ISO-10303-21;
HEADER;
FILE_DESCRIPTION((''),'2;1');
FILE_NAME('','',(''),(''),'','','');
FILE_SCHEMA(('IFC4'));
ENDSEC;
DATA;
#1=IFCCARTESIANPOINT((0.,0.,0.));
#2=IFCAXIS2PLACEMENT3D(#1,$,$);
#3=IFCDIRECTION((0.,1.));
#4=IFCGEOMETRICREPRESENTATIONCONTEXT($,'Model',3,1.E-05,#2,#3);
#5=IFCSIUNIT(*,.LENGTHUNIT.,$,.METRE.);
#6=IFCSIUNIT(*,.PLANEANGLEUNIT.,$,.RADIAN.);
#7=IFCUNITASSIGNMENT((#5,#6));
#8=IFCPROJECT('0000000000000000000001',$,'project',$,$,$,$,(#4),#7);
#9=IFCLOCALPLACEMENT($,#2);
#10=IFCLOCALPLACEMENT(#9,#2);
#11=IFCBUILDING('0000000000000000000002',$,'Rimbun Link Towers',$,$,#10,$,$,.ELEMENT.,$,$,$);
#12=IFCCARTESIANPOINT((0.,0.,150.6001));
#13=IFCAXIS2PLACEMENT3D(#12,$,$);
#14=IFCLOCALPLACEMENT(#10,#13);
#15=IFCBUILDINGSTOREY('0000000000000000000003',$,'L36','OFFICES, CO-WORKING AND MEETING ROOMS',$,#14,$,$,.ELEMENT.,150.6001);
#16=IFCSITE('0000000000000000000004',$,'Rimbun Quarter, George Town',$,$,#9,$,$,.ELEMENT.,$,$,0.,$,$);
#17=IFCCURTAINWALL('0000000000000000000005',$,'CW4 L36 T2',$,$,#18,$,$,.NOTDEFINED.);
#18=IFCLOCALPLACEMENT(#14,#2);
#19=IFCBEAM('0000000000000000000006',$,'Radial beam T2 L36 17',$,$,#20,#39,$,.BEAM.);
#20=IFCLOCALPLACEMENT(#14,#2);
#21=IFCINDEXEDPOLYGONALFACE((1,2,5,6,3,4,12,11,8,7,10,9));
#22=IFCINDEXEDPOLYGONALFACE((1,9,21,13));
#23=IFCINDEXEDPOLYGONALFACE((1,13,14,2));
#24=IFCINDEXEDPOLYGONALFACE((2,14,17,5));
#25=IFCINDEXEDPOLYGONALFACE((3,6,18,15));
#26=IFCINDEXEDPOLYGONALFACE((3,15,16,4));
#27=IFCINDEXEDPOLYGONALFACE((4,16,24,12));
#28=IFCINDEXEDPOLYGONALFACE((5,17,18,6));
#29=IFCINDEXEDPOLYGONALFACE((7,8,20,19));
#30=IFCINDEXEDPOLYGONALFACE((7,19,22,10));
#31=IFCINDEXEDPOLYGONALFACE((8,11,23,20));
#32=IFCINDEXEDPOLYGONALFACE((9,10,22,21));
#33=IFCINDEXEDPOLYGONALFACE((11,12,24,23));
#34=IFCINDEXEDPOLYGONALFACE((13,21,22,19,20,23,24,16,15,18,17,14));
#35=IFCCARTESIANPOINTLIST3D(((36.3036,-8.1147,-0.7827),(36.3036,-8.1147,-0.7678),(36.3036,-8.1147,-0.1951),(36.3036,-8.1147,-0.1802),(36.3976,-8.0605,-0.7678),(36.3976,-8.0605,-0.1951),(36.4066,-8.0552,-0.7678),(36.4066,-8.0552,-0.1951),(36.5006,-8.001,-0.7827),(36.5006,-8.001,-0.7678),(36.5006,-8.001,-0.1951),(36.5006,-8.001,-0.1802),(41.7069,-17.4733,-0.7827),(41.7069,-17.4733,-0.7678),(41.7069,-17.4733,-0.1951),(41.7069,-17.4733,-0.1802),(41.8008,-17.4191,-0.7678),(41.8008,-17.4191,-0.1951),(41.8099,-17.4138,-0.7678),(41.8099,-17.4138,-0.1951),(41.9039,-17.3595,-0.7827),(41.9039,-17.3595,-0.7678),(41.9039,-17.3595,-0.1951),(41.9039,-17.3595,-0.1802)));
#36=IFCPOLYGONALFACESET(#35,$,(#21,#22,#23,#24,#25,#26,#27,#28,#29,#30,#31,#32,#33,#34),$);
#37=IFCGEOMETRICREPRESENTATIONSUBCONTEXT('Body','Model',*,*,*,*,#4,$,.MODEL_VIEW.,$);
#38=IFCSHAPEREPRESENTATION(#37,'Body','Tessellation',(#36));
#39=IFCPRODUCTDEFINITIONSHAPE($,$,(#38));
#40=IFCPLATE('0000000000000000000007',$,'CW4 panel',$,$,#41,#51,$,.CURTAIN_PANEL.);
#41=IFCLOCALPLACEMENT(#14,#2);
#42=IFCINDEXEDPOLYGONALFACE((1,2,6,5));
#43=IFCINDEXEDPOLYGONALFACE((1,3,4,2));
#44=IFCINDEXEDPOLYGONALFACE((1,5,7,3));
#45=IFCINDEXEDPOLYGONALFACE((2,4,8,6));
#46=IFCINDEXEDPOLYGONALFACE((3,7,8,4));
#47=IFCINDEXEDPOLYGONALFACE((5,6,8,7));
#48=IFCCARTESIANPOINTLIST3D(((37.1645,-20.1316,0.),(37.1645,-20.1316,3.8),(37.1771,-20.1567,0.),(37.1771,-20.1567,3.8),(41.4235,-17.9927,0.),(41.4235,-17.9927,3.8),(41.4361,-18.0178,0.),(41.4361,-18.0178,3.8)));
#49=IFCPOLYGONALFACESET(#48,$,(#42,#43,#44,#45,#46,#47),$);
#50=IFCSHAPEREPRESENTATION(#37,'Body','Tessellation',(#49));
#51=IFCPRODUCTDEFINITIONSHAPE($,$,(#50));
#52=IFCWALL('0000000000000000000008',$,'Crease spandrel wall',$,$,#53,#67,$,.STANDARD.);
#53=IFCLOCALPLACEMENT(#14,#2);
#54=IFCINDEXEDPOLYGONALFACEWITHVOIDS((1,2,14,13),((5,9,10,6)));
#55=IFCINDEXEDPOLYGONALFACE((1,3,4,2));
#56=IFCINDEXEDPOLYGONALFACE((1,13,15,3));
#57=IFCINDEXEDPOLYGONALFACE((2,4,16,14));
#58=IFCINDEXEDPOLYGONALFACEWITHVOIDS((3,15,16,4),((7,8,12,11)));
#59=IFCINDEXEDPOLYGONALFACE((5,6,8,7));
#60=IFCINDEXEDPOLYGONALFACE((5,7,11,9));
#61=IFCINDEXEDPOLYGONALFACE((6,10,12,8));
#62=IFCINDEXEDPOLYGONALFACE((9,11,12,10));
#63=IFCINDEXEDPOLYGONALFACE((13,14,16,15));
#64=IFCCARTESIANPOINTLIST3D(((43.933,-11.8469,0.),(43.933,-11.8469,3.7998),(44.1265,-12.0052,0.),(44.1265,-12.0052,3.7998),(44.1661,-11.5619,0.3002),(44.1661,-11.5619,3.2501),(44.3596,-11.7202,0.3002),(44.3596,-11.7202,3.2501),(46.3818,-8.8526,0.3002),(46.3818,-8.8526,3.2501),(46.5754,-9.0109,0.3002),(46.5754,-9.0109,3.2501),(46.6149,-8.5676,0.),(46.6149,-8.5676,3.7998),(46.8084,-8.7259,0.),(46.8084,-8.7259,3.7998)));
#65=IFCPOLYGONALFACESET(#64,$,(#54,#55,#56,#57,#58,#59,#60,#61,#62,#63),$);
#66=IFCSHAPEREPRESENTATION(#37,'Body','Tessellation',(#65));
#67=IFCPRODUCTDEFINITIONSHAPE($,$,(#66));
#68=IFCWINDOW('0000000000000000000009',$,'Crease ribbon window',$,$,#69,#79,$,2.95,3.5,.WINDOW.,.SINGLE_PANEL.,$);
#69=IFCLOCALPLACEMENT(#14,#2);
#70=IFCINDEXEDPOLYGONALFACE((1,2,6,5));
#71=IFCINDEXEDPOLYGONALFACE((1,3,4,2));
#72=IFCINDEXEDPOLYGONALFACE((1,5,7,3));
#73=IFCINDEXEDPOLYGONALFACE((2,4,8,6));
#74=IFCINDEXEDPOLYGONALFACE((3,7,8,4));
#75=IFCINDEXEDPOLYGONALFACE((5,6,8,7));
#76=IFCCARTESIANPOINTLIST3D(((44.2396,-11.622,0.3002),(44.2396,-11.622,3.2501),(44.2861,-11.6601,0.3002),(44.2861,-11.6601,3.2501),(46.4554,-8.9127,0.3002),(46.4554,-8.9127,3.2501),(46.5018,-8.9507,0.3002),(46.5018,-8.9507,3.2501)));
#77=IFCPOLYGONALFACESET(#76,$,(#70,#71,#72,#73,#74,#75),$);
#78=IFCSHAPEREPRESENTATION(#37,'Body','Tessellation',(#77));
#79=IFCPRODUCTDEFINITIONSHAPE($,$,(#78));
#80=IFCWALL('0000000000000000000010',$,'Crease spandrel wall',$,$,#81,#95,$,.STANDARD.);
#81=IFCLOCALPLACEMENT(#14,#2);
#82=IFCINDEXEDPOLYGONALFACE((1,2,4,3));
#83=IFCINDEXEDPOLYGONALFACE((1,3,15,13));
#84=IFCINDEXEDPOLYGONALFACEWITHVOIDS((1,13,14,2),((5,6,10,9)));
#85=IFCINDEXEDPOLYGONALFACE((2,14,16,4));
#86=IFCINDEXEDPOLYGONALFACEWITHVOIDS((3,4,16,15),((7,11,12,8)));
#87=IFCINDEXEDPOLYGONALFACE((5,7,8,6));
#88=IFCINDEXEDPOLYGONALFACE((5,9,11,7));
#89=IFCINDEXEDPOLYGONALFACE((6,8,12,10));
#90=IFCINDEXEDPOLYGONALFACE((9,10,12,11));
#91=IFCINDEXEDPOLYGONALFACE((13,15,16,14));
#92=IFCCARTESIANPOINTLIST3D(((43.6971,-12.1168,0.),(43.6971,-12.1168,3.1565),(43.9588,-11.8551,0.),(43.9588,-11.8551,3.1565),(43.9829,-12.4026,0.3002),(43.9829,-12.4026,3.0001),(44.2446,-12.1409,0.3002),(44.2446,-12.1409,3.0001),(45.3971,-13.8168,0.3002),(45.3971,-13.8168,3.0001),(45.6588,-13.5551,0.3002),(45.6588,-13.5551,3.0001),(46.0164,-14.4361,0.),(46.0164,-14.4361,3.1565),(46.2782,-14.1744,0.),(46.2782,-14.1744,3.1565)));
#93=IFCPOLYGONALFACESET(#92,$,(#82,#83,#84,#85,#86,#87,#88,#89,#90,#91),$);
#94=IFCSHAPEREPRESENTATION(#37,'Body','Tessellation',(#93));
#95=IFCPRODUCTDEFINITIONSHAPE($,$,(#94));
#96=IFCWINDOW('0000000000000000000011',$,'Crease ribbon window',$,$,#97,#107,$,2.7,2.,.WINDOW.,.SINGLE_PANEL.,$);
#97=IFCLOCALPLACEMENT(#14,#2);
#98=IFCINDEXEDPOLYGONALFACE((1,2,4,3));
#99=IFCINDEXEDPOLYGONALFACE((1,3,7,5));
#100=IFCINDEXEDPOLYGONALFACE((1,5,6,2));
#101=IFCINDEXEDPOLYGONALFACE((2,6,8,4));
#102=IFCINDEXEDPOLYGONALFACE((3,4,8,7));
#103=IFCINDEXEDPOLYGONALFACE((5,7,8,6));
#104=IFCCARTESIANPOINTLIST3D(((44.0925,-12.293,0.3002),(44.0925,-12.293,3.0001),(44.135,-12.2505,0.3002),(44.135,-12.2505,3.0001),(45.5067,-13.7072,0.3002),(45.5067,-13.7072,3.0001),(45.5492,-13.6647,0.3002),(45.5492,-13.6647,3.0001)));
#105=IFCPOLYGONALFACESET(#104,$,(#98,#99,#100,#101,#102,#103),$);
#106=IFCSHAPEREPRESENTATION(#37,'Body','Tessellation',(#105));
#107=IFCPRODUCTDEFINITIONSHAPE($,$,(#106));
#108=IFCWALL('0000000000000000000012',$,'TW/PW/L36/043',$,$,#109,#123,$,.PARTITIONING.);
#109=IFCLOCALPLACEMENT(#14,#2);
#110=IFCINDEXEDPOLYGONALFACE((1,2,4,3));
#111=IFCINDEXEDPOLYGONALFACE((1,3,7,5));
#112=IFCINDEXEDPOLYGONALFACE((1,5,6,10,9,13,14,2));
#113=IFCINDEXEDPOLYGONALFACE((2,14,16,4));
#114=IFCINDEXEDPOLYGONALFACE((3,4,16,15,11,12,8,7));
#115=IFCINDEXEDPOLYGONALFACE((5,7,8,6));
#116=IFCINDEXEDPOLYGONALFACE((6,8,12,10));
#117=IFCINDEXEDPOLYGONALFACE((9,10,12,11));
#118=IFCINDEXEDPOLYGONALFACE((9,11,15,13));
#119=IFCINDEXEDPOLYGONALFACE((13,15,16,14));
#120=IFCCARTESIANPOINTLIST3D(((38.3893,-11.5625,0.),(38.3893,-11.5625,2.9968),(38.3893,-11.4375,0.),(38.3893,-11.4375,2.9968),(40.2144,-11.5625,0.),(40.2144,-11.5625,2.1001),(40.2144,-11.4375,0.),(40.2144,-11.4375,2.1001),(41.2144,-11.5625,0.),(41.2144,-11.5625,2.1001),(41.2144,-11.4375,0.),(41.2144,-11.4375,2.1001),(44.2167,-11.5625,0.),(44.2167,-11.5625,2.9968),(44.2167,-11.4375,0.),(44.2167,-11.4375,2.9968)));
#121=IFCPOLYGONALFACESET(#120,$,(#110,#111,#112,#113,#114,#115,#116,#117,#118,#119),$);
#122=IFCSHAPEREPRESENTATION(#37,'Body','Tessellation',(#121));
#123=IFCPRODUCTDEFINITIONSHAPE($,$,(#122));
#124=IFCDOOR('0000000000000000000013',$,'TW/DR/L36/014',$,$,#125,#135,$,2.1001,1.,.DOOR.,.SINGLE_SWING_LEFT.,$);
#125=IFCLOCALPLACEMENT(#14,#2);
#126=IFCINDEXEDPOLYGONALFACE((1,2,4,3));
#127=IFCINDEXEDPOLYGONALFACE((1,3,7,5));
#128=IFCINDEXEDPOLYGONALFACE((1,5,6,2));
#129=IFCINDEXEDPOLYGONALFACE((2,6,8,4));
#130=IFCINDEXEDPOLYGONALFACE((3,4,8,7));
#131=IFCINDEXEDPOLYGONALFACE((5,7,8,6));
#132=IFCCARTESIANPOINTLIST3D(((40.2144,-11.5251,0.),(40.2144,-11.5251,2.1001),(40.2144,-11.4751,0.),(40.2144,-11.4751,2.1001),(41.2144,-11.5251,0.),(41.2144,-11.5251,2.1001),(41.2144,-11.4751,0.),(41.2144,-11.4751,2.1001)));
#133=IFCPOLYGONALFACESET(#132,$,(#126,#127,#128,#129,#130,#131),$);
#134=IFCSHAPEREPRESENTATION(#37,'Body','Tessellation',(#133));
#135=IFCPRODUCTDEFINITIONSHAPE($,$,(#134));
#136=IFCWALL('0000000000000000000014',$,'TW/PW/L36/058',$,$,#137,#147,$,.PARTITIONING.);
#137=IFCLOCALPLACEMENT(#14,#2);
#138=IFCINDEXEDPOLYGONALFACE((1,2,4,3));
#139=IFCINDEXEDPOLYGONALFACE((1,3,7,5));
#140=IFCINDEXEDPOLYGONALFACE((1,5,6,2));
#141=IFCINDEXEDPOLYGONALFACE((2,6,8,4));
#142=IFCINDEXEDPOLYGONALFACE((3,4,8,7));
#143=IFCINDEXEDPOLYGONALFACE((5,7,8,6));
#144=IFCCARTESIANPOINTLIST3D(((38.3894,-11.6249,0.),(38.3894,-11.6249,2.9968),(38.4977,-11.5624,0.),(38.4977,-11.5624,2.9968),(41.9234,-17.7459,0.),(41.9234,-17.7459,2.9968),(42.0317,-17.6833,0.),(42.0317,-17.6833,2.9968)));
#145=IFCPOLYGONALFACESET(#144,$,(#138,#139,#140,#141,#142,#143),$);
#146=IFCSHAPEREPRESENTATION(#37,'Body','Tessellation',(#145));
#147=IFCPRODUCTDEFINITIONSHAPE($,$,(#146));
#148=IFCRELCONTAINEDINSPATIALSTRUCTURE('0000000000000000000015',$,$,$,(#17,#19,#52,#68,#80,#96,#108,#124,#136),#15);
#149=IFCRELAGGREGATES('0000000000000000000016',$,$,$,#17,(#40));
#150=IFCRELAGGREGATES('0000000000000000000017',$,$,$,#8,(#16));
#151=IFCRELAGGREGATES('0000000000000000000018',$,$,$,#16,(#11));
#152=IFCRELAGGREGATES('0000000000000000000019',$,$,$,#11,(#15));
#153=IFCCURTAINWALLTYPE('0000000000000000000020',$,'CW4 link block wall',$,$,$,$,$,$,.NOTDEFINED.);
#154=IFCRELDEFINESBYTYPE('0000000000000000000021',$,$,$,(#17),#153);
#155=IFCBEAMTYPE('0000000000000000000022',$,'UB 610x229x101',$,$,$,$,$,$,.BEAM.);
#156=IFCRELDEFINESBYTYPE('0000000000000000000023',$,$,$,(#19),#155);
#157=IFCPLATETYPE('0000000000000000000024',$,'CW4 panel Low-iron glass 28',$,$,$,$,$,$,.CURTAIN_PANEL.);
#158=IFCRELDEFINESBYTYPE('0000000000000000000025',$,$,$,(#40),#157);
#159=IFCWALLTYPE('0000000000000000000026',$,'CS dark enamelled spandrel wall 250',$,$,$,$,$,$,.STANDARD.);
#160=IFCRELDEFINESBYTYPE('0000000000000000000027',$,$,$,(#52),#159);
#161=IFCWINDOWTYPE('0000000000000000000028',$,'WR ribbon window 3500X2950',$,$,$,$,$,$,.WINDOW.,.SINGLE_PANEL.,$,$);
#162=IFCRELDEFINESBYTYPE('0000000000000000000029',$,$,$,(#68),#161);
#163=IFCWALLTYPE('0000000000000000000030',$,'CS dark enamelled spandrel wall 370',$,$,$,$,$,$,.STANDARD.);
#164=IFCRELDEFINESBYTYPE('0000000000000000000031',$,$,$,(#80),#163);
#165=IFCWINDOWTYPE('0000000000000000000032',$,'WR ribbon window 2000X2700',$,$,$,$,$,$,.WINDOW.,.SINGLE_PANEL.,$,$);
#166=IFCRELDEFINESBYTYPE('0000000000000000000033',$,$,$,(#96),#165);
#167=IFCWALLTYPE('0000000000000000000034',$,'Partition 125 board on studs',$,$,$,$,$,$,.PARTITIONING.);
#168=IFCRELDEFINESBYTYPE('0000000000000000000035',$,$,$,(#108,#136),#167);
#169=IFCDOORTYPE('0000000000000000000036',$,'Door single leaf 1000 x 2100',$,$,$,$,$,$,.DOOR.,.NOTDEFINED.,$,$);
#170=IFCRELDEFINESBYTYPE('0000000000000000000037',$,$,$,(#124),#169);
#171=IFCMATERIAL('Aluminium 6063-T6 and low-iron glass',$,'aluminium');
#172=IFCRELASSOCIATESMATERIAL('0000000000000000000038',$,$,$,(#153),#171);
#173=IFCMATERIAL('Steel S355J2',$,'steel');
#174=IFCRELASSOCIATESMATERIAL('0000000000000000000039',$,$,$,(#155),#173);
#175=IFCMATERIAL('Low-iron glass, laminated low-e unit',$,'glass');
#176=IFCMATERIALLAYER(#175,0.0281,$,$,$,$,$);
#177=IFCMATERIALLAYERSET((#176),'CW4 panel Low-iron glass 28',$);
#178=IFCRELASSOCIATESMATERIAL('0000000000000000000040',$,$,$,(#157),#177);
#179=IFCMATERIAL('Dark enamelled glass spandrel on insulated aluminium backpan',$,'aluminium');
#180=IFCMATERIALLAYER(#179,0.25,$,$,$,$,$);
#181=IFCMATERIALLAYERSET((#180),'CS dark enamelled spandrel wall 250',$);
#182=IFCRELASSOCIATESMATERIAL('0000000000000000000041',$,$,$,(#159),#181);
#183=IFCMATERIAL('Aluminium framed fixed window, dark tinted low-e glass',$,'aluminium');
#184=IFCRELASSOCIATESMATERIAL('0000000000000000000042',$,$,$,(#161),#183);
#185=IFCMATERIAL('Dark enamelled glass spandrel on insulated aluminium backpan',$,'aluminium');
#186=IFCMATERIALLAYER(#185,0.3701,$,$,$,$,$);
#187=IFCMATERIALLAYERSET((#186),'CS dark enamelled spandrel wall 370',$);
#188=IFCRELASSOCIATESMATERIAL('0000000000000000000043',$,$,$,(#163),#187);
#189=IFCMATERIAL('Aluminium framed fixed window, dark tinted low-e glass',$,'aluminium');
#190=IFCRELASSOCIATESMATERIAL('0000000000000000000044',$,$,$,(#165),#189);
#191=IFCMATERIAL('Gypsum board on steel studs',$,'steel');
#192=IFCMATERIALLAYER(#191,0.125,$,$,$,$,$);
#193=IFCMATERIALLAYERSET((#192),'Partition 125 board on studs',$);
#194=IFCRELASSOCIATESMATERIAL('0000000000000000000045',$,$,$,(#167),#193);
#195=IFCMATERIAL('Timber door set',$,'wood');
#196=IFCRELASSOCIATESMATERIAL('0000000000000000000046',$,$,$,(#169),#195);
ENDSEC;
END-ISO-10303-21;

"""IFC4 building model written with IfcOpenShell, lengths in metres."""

from ifc_helpers import new_model, si_unit, direction, frame, frame_2d, origin, origin_2d, place, context, subcontext, project, spatial, rectangle, i_section, extrude, material, layer, layer_set, material_profile, profile_set, type_object, element, fill, aggregate, save


model = new_model("IFC4")

# Units and contexts
model_context = context("Model", 3, precision=1e-05, world=origin(), true_north=direction((0.0, 1.0)))
body_context = subcontext(model_context, "Body", "Model", "MODEL_VIEW")
ifc_project = project(units=[si_unit("LENGTHUNIT", "METRE"), si_unit("PLANEANGLEUNIT", "RADIAN")], contexts=[model_context])

# Site, building, storey
site_placement = place(None, origin())
site = spatial("IfcSite", under=ifc_project, at=site_placement, Name="Rimbun Quarter, George Town", CompositionType="ELEMENT", RefElevation=0.0)
building_placement = place(site_placement, origin())
building = spatial("IfcBuilding", under=site, at=building_placement, Name="Rimbun Link Towers", CompositionType="ELEMENT")
storey_placement = place(building_placement, frame((0.0, 0.0, 150.6001)))
storey = spatial("IfcBuildingStorey", under=building, at=storey_placement, Name="L36", Description="OFFICES, CO-WORKING AND MEETING ROOMS", CompositionType="ELEMENT", Elevation=150.6001)

# Curtain wall
ifc_material_1 = material(Name="Aluminium 6063-T6 and low-iron glass", Category="aluminium")
curtain_wall_type = type_object("IfcCurtainWallType", Name="CW4 link block wall", PredefinedType="NOTDEFINED", material=ifc_material_1)
curtain_wall_placement = place(storey_placement, origin())
curtain_wall = element("IfcCurtainWall", 1, at=curtain_wall_placement, inside=storey, type_object=curtain_wall_type, Name="CW4 L36 T2", PredefinedType="NOTDEFINED")

# Beam
ifc_material_2 = material(Name="Steel S355J2", Category="steel")
ifc_material_profile_1 = material_profile(ifc_material_2, i_section(OverallWidth=0.2275, OverallDepth=0.6025, WebThickness=0.0105, FlangeThickness=0.0149, at=origin_2d()), Name="UB 610x229x101")
ifc_profile_set_1 = profile_set([ifc_material_profile_1], Name="Steel S355J2")
beam_type_1 = type_object("IfcBeamType", Name="UB 610x229x101", PredefinedType="BEAM", material=ifc_profile_set_1)
beam_1_placement = place(storey_placement, frame((36.4021, -8.0579, -0.4814), z_axis=(0.500007, -0.866021, 0.0), x_axis=(0.866021, 0.500007, 0.0)))
element("IfcBeam", 2, at=beam_1_placement, inside=storey, type_object=beam_type_1, Name="Radial beam T2 L36 17", PredefinedType="BEAM", context=body_context, shape_type="SweptSolid", body=[
    extrude(i_section(OverallWidth=0.2275, OverallDepth=0.6025, WebThickness=0.0105, FlangeThickness=0.0149, at=origin_2d()), origin(), (0.0, 0.0, 1.0), 10.8064),
])

# Plate
ifc_material_3 = material(Name="Low-iron glass, laminated low-e unit", Category="glass")
ifc_layer_1 = layer(ifc_material_3, 0.0281)
ifc_layer_set_1 = layer_set([ifc_layer_1], Name="CW4 panel Low-iron glass 28")
plate_type = type_object("IfcPlateType", Name="CW4 panel Low-iron glass 28", PredefinedType="CURTAIN_PANEL", material=ifc_layer_set_1)
plate_placement = place(storey_placement, frame((39.3003, -19.0747, 0.0), z_axis=(0.0, 0.0, 1.0), x_axis=(-0.893641, -0.448782, 0.0)))
plate = element("IfcPlate", 3, at=plate_placement, type_object=plate_type, Name="CW4 panel", PredefinedType="CURTAIN_PANEL", context=body_context, shape_type="SweptSolid", body=[
    extrude(rectangle(XDim=4.7659, YDim=0.0281, at=origin_2d()), origin(), (0.0, 0.0, 1.0), 3.8),
])
aggregate(curtain_wall, [plate])

# Walls, openings, windows
ifc_material_4 = material(Name="Dark enamelled glass spandrel on insulated aluminium backpan", Category="aluminium")
ifc_layer_2 = layer(ifc_material_4, 0.25)
ifc_layer_set_2 = layer_set([ifc_layer_2], Name="CS dark enamelled spandrel wall 250")
wall_type_1 = type_object("IfcWallType", Name="CS dark enamelled spandrel wall 250", PredefinedType="STANDARD", material=ifc_layer_set_2)
wall_1_placement = place(storey_placement, frame((46.7117, -8.6467, 0.0), z_axis=(0.0, 0.0, 1.0), x_axis=(-0.633071, -0.774093, 0.0)))
wall_1 = element("IfcWall", 4, at=wall_1_placement, inside=storey, type_object=wall_type_1, Name="Crease spandrel wall", PredefinedType="STANDARD", context=body_context, shape_type="SweptSolid", body=[
    extrude(rectangle(XDim=4.2363, YDim=0.25, at=frame_2d((2.1182, 0.0))), origin(), (0.0, 0.0, 1.0), 3.7998),
])
opening_1_placement = place(wall_1_placement, frame((0.3682, 0.0, 0.3)))
opening_1 = element("IfcOpeningElement", 5, at=opening_1_placement, cuts=wall_1, PredefinedType="OPENING", context=body_context, shape_type="SweptSolid", body=[
    extrude(rectangle(XDim=3.5, YDim=2.95, at=frame_2d((1.75, 1.4751))), frame((0.0, 0.135, 0.0), z_axis=(0.0, -1.0, 0.0), x_axis=(1.0, 0.0, 0.0)), (0.0, 0.0, 1.0), 0.27),
])
ifc_material_5 = material(Name="Aluminium framed fixed window, dark tinted low-e glass", Category="aluminium")
window_type_1 = type_object("IfcWindowType", Name="WR ribbon window 3500X2950", PartitioningType="SINGLE_PANEL", PredefinedType="WINDOW", material=ifc_material_5)
window_1_placement = place(opening_1_placement, origin())
window_1 = element("IfcWindow", 6, at=window_1_placement, inside=storey, type_object=window_type_1, Name="Crease ribbon window", OverallHeight=2.95, OverallWidth=3.5, PartitioningType="SINGLE_PANEL", PredefinedType="WINDOW", context=body_context, shape_type="SweptSolid", body=[
    extrude(rectangle(XDim=3.5, YDim=2.95, at=frame_2d((1.75, 1.4751))), frame((0.0, 0.03, 0.0), z_axis=(0.0, -1.0, 0.0), x_axis=(1.0, 0.0, 0.0)), (0.0, 0.0, 1.0), 0.0601),
])
fill(opening_1, window_1)
ifc_material_6 = material(Name="Dark enamelled glass spandrel on insulated aluminium backpan", Category="aluminium")
ifc_layer_3 = layer(ifc_material_6, 0.3701)
ifc_layer_set_3 = layer_set([ifc_layer_3], Name="CS dark enamelled spandrel wall 370")
wall_type_2 = type_object("IfcWallType", Name="CS dark enamelled spandrel wall 370", PredefinedType="STANDARD", material=ifc_layer_set_3)
wall_2_placement = place(storey_placement, frame((43.8279, -11.9858, 0.0), z_axis=(0.0, 0.0, 1.0), x_axis=(0.707107, -0.707107, 0.0)))
wall_2 = element("IfcWall", 7, at=wall_2_placement, inside=storey, type_object=wall_type_2, Name="Crease spandrel wall", PredefinedType="STANDARD", context=body_context, shape_type="SweptSolid", body=[
    extrude(rectangle(XDim=3.28, YDim=0.3701, at=frame_2d((1.6401, 0.0))), origin(), (0.0, 0.0, 1.0), 3.1565),
])
opening_2_placement = place(wall_2_placement, frame((0.4043, 0.0, 0.3)))
opening_2 = element("IfcOpeningElement", 8, at=opening_2_placement, cuts=wall_2, PredefinedType="OPENING", context=body_context, shape_type="SweptSolid", body=[
    extrude(rectangle(XDim=2.0, YDim=2.7, at=frame_2d((1.0, 1.3501))), frame((0.0, 0.1951, 0.0), z_axis=(0.0, -1.0, 0.0), x_axis=(1.0, 0.0, 0.0)), (0.0, 0.0, 1.0), 0.3901),
])
ifc_material_7 = material(Name="Aluminium framed fixed window, dark tinted low-e glass", Category="aluminium")
window_type_2 = type_object("IfcWindowType", Name="WR ribbon window 2000X2700", PartitioningType="SINGLE_PANEL", PredefinedType="WINDOW", material=ifc_material_7)
window_2_placement = place(opening_2_placement, origin())
window_2 = element("IfcWindow", 9, at=window_2_placement, inside=storey, type_object=window_type_2, Name="Crease ribbon window", OverallHeight=2.7, OverallWidth=2.0, PartitioningType="SINGLE_PANEL", PredefinedType="WINDOW", context=body_context, shape_type="SweptSolid", body=[
    extrude(rectangle(XDim=2.0, YDim=2.7, at=frame_2d((1.0, 1.3501))), frame((0.0, 0.03, 0.0), z_axis=(0.0, -1.0, 0.0), x_axis=(1.0, 0.0, 0.0)), (0.0, 0.0, 1.0), 0.0601),
])
fill(opening_2, window_2)

# Wall, opening, door
ifc_material_8 = material(Name="Gypsum board on steel studs", Category="steel")
ifc_layer_4 = layer(ifc_material_8, 0.125)
ifc_layer_set_4 = layer_set([ifc_layer_4], Name="Partition 125 board on studs")
wall_type_3 = type_object("IfcWallType", Name="Partition 125 board on studs", PredefinedType="PARTITIONING", material=ifc_layer_set_4)
wall_3_placement = place(storey_placement, frame((38.3894, -11.5, 0.0), z_axis=(0.0, 0.0, 1.0), x_axis=(1.0, 0.0, 0.0)))
wall_3 = element("IfcWall", 10, at=wall_3_placement, inside=storey, type_object=wall_type_3, Name="TW/PW/L36/043", PredefinedType="PARTITIONING", context=body_context, shape_type="SweptSolid", body=[
    extrude(rectangle(XDim=5.8274, YDim=0.125, at=frame_2d((2.9136, 0.0))), origin(), (0.0, 0.0, 1.0), 2.9968),
])
opening_3_placement = place(wall_3_placement, frame((1.825, 0.0, 0.0)))
opening_3 = element("IfcOpeningElement", 11, at=opening_3_placement, cuts=wall_3, PredefinedType="OPENING", context=body_context, shape_type="SweptSolid", body=[
    extrude(rectangle(XDim=1.0, YDim=2.1001, at=frame_2d((0.5, 1.05))), frame((0.0, 0.0725, 0.0), z_axis=(0.0, -1.0, 0.0), x_axis=(1.0, 0.0, 0.0)), (0.0, 0.0, 1.0), 0.145),
])
ifc_material_9 = material(Name="Timber door set", Category="wood")
door_type = type_object("IfcDoorType", Name="Door single leaf 1000 x 2100", OperationType="NOTDEFINED", PredefinedType="DOOR", material=ifc_material_9)
door_placement = place(opening_3_placement, origin())
door = element("IfcDoor", 12, at=door_placement, inside=storey, type_object=door_type, Name="TW/DR/L36/014", OperationType="SINGLE_SWING_LEFT", OverallHeight=2.1001, OverallWidth=1.0, PredefinedType="DOOR", context=body_context, shape_type="SweptSolid", body=[
    extrude(rectangle(XDim=1.0, YDim=2.1001, at=frame_2d((0.5, 1.05))), frame((0.0, 0.0249, 0.0), z_axis=(0.0, -1.0, 0.0), x_axis=(1.0, 0.0, 0.0)), (0.0, 0.0, 1.0), 0.05),
])
fill(opening_3, door)

# Wall
wall_4_placement = place(storey_placement, frame((41.9775, -17.7146, 0.0), z_axis=(0.0, 0.0, 1.0), x_axis=(-0.500007, 0.866022, 0.0)))
element("IfcWall", 13, at=wall_4_placement, inside=storey, type_object=wall_type_3, Name="TW/PW/L36/058", PredefinedType="PARTITIONING", context=body_context, shape_type="SweptSolid", body=[
    extrude(rectangle(XDim=7.0679, YDim=0.125, at=frame_2d((3.5339, 0.0))), origin(), (0.0, 0.0, 1.0), 2.9968),
])

save(model, "model.ifc")
